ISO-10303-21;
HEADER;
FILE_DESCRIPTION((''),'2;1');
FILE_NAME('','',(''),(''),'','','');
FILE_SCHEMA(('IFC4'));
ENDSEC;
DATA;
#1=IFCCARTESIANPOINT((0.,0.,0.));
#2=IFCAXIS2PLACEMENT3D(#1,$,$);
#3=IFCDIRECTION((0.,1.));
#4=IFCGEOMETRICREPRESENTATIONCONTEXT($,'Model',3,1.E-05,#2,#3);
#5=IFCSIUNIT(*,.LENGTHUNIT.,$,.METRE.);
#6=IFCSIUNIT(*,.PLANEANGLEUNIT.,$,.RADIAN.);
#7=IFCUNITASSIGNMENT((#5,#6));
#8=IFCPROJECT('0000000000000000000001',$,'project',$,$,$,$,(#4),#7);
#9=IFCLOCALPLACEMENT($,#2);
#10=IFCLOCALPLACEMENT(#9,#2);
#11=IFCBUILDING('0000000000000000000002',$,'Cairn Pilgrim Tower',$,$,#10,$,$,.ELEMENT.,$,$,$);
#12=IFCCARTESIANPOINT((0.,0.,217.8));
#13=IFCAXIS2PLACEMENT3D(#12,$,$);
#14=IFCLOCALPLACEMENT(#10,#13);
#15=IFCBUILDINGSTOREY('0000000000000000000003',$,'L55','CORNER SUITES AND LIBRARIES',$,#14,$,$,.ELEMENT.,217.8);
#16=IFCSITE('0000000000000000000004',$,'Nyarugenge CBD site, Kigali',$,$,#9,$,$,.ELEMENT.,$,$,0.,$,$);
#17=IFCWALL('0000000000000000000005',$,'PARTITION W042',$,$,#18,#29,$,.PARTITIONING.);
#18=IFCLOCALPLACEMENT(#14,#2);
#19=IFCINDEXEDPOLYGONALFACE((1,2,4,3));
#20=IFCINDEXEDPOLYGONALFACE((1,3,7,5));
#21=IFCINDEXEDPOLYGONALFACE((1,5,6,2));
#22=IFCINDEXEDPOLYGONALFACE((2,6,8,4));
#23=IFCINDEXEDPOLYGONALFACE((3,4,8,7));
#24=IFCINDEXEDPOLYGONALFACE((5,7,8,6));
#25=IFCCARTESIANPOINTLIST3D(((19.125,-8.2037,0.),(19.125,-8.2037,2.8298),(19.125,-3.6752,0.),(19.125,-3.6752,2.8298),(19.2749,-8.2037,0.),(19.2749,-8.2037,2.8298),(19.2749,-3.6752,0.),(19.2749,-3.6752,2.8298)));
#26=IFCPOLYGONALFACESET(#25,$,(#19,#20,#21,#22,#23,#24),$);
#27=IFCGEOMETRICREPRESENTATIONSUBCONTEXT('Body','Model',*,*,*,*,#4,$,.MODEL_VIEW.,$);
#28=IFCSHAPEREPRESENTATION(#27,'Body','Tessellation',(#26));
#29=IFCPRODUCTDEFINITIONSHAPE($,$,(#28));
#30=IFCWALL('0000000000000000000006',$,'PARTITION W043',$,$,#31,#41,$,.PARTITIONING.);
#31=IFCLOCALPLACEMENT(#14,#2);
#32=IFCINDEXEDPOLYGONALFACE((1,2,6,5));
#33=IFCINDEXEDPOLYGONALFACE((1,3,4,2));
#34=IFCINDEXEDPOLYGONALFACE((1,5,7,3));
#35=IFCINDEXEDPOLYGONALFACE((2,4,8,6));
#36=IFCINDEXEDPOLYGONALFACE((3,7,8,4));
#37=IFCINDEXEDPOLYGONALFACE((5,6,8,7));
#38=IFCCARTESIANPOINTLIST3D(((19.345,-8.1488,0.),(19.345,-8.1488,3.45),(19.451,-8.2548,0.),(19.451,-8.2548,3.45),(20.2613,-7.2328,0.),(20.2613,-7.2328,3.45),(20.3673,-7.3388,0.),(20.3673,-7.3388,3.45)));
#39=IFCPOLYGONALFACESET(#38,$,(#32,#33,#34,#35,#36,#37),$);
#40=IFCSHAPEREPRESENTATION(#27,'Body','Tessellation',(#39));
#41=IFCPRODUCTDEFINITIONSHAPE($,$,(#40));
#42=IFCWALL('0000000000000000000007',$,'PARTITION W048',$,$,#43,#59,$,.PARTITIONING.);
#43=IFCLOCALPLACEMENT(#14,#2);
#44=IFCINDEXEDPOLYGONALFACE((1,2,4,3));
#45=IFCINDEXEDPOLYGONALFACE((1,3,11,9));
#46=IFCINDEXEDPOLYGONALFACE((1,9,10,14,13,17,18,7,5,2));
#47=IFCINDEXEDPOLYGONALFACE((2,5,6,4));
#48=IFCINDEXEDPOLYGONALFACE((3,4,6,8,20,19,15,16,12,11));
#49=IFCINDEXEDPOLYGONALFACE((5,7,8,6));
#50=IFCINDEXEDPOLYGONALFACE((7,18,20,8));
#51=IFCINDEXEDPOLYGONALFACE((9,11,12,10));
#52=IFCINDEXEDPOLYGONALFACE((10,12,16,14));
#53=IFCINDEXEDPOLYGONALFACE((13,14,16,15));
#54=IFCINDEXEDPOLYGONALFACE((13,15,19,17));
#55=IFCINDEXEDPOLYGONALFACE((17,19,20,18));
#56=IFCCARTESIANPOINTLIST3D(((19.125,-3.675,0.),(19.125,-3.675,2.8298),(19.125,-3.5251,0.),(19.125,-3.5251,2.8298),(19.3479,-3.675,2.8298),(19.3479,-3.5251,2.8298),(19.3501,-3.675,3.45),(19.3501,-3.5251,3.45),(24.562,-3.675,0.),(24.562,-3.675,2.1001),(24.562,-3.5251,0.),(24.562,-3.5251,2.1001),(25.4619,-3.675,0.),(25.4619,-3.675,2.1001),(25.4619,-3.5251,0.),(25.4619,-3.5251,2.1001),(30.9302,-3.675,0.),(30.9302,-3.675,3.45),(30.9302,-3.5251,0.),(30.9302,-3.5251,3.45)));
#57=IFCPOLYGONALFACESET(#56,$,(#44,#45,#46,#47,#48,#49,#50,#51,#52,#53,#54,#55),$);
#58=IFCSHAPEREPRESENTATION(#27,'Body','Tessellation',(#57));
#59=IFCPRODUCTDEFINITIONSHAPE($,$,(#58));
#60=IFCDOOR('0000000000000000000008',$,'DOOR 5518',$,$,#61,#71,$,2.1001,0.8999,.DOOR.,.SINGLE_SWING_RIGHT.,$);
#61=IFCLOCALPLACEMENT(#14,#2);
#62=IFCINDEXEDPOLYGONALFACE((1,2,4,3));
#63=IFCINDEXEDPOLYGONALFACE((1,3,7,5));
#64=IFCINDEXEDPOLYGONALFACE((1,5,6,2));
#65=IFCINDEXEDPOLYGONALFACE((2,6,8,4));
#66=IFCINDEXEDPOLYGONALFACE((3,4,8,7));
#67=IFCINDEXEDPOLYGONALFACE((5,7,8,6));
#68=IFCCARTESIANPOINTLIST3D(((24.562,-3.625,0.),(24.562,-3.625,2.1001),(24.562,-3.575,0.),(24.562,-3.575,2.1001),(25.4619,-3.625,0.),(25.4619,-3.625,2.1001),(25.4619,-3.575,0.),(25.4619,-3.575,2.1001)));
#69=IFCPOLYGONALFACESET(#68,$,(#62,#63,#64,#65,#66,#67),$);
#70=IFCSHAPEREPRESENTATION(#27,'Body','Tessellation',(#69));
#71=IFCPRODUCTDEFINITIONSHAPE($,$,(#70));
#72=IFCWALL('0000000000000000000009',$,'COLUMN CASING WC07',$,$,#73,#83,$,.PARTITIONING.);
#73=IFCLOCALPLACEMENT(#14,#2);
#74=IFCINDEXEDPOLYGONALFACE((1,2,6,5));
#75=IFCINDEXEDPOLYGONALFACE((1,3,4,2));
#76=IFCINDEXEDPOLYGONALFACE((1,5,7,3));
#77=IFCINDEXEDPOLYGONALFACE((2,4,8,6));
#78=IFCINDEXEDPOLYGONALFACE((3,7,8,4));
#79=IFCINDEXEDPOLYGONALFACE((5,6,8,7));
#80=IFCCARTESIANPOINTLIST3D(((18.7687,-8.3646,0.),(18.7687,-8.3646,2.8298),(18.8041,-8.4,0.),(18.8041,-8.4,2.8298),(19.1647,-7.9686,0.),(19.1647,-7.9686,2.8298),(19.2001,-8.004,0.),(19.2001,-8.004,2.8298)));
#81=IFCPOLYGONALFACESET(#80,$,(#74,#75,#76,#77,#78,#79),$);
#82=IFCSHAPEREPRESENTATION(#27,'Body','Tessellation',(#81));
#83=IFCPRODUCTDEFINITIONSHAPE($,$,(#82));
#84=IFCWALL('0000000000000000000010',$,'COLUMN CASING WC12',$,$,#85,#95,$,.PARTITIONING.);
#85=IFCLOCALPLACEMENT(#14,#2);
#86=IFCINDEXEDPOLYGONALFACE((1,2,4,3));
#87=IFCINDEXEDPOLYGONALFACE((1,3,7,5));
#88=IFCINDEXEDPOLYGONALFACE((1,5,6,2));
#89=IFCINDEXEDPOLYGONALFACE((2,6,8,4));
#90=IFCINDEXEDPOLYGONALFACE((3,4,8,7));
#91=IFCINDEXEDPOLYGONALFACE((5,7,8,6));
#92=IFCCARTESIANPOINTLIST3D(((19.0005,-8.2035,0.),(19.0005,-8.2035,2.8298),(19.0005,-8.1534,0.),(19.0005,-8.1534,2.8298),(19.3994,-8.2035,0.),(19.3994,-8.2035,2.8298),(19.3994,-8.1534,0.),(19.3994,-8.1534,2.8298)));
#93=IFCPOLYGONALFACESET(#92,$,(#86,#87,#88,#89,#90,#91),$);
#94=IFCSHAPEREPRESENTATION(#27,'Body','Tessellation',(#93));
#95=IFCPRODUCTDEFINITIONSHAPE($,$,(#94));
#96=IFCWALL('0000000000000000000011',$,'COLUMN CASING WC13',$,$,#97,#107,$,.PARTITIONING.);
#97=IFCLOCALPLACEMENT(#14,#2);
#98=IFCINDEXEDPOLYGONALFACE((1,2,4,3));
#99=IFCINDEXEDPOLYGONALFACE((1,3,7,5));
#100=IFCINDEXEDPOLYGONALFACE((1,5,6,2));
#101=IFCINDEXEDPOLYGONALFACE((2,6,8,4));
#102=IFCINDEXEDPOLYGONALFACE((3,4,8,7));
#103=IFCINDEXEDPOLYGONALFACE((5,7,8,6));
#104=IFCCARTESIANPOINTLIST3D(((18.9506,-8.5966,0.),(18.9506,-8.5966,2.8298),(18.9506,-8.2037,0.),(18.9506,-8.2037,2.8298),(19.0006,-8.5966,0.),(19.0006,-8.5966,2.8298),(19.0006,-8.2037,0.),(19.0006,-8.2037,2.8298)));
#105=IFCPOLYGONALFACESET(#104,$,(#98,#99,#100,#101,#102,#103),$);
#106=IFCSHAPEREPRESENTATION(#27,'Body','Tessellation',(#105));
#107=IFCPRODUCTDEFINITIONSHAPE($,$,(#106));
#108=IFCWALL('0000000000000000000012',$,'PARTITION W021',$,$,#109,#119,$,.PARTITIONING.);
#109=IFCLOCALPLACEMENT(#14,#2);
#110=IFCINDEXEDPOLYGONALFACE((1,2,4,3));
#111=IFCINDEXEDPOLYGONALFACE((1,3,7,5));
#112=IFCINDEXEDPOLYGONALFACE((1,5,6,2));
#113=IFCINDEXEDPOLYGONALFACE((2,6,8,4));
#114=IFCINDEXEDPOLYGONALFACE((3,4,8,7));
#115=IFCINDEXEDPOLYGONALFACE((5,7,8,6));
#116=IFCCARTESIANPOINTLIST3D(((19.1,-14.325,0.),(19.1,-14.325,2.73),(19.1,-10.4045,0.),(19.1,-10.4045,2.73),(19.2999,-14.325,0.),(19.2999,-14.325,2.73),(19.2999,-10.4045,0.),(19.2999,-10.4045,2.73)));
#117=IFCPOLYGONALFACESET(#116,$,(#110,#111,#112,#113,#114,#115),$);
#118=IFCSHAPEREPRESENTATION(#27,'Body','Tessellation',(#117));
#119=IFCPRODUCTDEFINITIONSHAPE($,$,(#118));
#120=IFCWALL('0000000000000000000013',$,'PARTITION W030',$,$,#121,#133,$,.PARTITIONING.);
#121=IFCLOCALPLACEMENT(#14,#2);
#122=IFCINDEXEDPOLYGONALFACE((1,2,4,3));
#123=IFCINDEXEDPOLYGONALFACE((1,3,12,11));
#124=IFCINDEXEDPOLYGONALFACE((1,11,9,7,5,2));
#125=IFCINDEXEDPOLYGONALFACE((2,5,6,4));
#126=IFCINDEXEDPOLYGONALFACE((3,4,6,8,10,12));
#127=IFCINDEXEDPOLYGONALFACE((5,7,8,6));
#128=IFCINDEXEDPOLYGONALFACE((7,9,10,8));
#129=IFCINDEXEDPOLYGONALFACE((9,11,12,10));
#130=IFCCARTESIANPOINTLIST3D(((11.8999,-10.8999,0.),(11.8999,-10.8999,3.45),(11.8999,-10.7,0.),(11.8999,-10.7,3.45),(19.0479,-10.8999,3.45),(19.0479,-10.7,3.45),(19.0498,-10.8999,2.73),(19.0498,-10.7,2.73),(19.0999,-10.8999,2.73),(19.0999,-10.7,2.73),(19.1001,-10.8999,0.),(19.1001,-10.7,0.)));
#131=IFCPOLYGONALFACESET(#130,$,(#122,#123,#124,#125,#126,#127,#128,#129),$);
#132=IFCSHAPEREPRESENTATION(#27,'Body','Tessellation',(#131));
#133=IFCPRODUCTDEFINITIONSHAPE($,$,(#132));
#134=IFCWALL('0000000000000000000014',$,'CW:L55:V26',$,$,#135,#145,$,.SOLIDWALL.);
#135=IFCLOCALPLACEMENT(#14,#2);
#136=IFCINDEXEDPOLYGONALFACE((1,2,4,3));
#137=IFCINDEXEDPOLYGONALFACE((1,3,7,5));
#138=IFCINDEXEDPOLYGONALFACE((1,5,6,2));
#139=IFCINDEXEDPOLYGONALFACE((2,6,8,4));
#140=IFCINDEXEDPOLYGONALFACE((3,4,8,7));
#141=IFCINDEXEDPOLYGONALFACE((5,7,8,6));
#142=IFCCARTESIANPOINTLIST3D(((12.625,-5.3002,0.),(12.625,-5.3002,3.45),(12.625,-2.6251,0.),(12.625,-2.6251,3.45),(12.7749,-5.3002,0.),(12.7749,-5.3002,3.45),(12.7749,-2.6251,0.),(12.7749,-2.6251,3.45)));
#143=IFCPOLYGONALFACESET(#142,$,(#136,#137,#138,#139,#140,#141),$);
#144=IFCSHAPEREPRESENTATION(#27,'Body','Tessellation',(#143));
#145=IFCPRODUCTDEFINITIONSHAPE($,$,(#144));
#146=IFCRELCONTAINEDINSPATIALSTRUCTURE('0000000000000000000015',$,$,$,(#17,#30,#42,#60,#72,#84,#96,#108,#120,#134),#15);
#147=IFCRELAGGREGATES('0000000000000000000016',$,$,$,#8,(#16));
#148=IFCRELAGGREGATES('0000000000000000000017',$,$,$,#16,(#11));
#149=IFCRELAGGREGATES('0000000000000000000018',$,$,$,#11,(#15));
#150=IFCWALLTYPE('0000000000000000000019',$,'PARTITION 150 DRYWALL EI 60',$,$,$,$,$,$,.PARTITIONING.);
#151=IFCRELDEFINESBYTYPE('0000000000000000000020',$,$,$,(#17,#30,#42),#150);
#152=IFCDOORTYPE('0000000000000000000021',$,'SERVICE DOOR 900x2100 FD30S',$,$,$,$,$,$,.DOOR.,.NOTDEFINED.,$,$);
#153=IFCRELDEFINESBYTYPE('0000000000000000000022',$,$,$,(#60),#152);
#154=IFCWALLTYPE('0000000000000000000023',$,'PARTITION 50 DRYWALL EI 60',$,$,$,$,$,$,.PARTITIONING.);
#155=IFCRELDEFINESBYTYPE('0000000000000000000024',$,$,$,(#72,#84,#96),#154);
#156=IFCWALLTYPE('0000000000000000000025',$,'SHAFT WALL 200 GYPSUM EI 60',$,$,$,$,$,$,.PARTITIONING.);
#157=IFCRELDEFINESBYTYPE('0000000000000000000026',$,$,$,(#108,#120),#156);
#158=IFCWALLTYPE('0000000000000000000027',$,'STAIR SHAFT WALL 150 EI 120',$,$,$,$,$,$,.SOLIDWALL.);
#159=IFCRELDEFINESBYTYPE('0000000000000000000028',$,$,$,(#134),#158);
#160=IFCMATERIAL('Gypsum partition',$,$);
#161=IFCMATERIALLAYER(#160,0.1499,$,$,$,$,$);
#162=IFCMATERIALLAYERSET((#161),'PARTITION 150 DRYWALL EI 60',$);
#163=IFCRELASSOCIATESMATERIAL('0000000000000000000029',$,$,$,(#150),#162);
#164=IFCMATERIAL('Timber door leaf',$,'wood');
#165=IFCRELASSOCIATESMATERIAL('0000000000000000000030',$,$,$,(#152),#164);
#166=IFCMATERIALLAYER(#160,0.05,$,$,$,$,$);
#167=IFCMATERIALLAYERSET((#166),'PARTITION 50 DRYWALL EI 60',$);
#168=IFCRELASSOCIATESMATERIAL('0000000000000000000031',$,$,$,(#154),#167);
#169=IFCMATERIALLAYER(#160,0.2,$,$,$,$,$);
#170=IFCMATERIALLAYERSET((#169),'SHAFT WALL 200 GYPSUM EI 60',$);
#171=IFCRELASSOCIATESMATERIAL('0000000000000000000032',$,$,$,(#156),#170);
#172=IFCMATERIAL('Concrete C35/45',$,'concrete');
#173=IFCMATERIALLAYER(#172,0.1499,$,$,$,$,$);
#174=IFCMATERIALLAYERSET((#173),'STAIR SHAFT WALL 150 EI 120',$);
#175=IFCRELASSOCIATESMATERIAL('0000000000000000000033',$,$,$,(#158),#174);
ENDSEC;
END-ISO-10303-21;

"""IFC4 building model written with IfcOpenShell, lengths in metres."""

from ifc_helpers import new_model, si_unit, direction, frame, frame_2d, origin, place, context, subcontext, project, spatial, polyline, rectangle, outline, extrude, material, layer, layer_set, type_object, element, fill, save


model = new_model("IFC4")

# Units and contexts
model_context = context("Model", 3, precision=1e-05, world=origin(), true_north=direction((0.0, 1.0)))
body_context = subcontext(model_context, "Body", "Model", "MODEL_VIEW")
ifc_project = project(units=[si_unit("LENGTHUNIT", "METRE"), si_unit("PLANEANGLEUNIT", "RADIAN")], contexts=[model_context])

# Site, building, storey
site_placement = place(None, origin())
site = spatial("IfcSite", under=ifc_project, at=site_placement, Name="Nyarugenge CBD site, Kigali", CompositionType="ELEMENT", RefElevation=0.0)
building_placement = place(site_placement, origin())
building = spatial("IfcBuilding", under=site, at=building_placement, Name="Cairn Pilgrim Tower", CompositionType="ELEMENT")
storey_placement = place(building_placement, frame((0.0, 0.0, 217.8)))
storey = spatial("IfcBuildingStorey", under=building, at=storey_placement, Name="L55", Description="CORNER SUITES AND LIBRARIES", CompositionType="ELEMENT", Elevation=217.8)

# Shared definitions
ifc_material_1 = material(Name="Gypsum partition")
ifc_layer_1 = layer(ifc_material_1, 0.1499)
ifc_layer_set_1 = layer_set([ifc_layer_1], Name="PARTITION 150 DRYWALL EI 60")
wall_type_1 = type_object("IfcWallType", Name="PARTITION 150 DRYWALL EI 60", PredefinedType="PARTITIONING", material=ifc_layer_set_1)

# Shared definitions
ifc_material_2 = material(Name="Timber door leaf", Category="wood")
door_type_1 = type_object("IfcDoorType", Name="SERVICE DOOR 900x2100 FD30S", OperationType="NOTDEFINED", PredefinedType="DOOR", material=ifc_material_2)

# Walls
wall_1_placement = place(storey_placement, frame((19.2, -8.2036, 0.0), z_axis=(0.0, 0.0, 1.0), x_axis=(0.0, 1.0, 0.0)))
element("IfcWall", 1, at=wall_1_placement, inside=storey, type_object=wall_type_1, Name="PARTITION W042", PredefinedType="PARTITIONING", context=body_context, shape_type="SweptSolid", body=[
    extrude(rectangle(XDim=4.5286, YDim=0.1499, at=frame_2d((2.2642, 0.0))), origin(), (0.0, 0.0, 1.0), 2.8298),
])
wall_2_placement = place(storey_placement, frame((19.3979, -8.2019, 0.0), z_axis=(0.0, 0.0, 1.0), x_axis=(0.707201, 0.707013, 0.0)))
element("IfcWall", 2, at=wall_2_placement, inside=storey, type_object=wall_type_1, Name="PARTITION W043", PredefinedType="PARTITIONING", context=body_context, shape_type="SweptSolid", body=[
    extrude(rectangle(XDim=1.2957, YDim=0.1499, at=frame_2d((0.6479, 0.0))), origin(), (0.0, 0.0, 1.0), 3.45),
])

# Wall, opening, door
wall_3_placement = place(storey_placement, frame((19.125, -3.6001, 0.0), z_axis=(0.0, 0.0, 1.0), x_axis=(1.0, 0.0, 0.0)))
wall_3 = element("IfcWall", 3, at=wall_3_placement, inside=storey, type_object=wall_type_1, Name="PARTITION W048", PredefinedType="PARTITIONING", context=body_context, shape_type="SweptSolid", body=[
    extrude(outline(polyline([(0.0, 0.0), (11.8052, 0.0), (11.8052, 3.45), (0.2251, 3.45), (0.2229, 2.8298), (0.0, 2.8298), (0.0, 0.0)])), frame((0.0, 0.075, 0.0), z_axis=(0.0, -1.0, 0.0), x_axis=(1.0, 0.0, 0.0)), (0.0, 0.0, 1.0), 0.1499),
])
opening_1_placement = place(wall_3_placement, frame((5.437, 0.0, 0.0)))
opening_1 = element("IfcOpeningElement", 4, at=opening_1_placement, cuts=wall_3, PredefinedType="OPENING", context=body_context, shape_type="SweptSolid", body=[
    extrude(rectangle(XDim=0.8999, YDim=2.1001, at=frame_2d((0.45, 1.05))), frame((0.0, 0.085, 0.0), z_axis=(0.0, -1.0, 0.0), x_axis=(1.0, 0.0, 0.0)), (0.0, 0.0, 1.0), 0.1699),
])
door_1_placement = place(opening_1_placement, frame((0.8999, 0.0, 0.0), z_axis=(0.0, 0.0, 1.0), x_axis=(-1.0, 0.0, 0.0)))
door_1 = element("IfcDoor", 5, at=door_1_placement, inside=storey, type_object=door_type_1, Name="DOOR 5518", OperationType="SINGLE_SWING_RIGHT", OverallHeight=2.1001, OverallWidth=0.8999, PredefinedType="DOOR", context=body_context, shape_type="SweptSolid", body=[
    extrude(rectangle(XDim=0.8999, YDim=2.1001, at=frame_2d((0.45, 1.05))), frame((0.0, 0.0249, 0.0), z_axis=(0.0, -1.0, 0.0), x_axis=(1.0, 0.0, 0.0)), (0.0, 0.0, 1.0), 0.05),
])
fill(opening_1, door_1)

# Walls
ifc_layer_2 = layer(ifc_material_1, 0.05)
ifc_layer_set_2 = layer_set([ifc_layer_2], Name="PARTITION 50 DRYWALL EI 60")
wall_type_2 = type_object("IfcWallType", Name="PARTITION 50 DRYWALL EI 60", PredefinedType="PARTITIONING", material=ifc_layer_set_2)
wall_4_placement = place(storey_placement, frame((18.7864, -8.3823, 0.0), z_axis=(0.0, 0.0, 1.0), x_axis=(0.707107, 0.707107, 0.0)))
element("IfcWall", 6, at=wall_4_placement, inside=storey, type_object=wall_type_2, Name="COLUMN CASING WC07", PredefinedType="PARTITIONING", context=body_context, shape_type="SweptSolid", body=[
    extrude(rectangle(XDim=0.5601, YDim=0.05, at=frame_2d((0.28, 0.0))), origin(), (0.0, 0.0, 1.0), 2.8298),
])
wall_5_placement = place(storey_placement, frame((19.0005, -8.1785, 0.0), z_axis=(0.0, 0.0, 1.0), x_axis=(1.0, 0.0, 0.0)))
element("IfcWall", 7, at=wall_5_placement, inside=storey, type_object=wall_type_2, Name="COLUMN CASING WC12", PredefinedType="PARTITIONING", context=body_context, shape_type="SweptSolid", body=[
    extrude(rectangle(XDim=0.3989, YDim=0.05, at=frame_2d((0.1995, 0.0))), origin(), (0.0, 0.0, 1.0), 2.8298),
])
wall_6_placement = place(storey_placement, frame((18.9756, -8.5964, 0.0), z_axis=(0.0, 0.0, 1.0), x_axis=(0.0, 1.0, 0.0)))
element("IfcWall", 8, at=wall_6_placement, inside=storey, type_object=wall_type_2, Name="COLUMN CASING WC13", PredefinedType="PARTITIONING", context=body_context, shape_type="SweptSolid", body=[
    extrude(rectangle(XDim=0.3928, YDim=0.05, at=frame_2d((0.1963, 0.0))), origin(), (0.0, 0.0, 1.0), 2.8298),
])
ifc_layer_3 = layer(ifc_material_1, 0.2)
ifc_layer_set_3 = layer_set([ifc_layer_3], Name="SHAFT WALL 200 GYPSUM EI 60")
wall_type_3 = type_object("IfcWallType", Name="SHAFT WALL 200 GYPSUM EI 60", PredefinedType="PARTITIONING", material=ifc_layer_set_3)
wall_7_placement = place(storey_placement, frame((19.2, -14.325, 0.0), z_axis=(0.0, 0.0, 1.0), x_axis=(0.0, 1.0, 0.0)))
element("IfcWall", 9, at=wall_7_placement, inside=storey, type_object=wall_type_3, Name="PARTITION W021", PredefinedType="PARTITIONING", context=body_context, shape_type="SweptSolid", body=[
    extrude(rectangle(XDim=3.9204, YDim=0.2, at=frame_2d((1.9602, 0.0))), origin(), (0.0, 0.0, 1.0), 2.73),
])
wall_8_placement = place(storey_placement, frame((11.8999, -10.8, 0.0), z_axis=(0.0, 0.0, 1.0), x_axis=(1.0, 0.0, 0.0)))
element("IfcWall", 10, at=wall_8_placement, inside=storey, type_object=wall_type_3, Name="PARTITION W030", PredefinedType="PARTITIONING", context=body_context, shape_type="SweptSolid", body=[
    extrude(outline(polyline([(0.0, 0.0), (7.2002, 0.0), (7.2, 2.73), (7.1499, 2.73), (7.1479, 3.45), (0.0, 3.45), (0.0, 0.0)])), frame((0.0, 0.1001, 0.0), z_axis=(0.0, -1.0, 0.0), x_axis=(1.0, 0.0, 0.0)), (0.0, 0.0, 1.0), 0.2),
])
ifc_material_3 = material(Name="Concrete C35/45", Category="concrete")
ifc_layer_4 = layer(ifc_material_3, 0.1499)
ifc_layer_set_4 = layer_set([ifc_layer_4], Name="STAIR SHAFT WALL 150 EI 120")
wall_type_4 = type_object("IfcWallType", Name="STAIR SHAFT WALL 150 EI 120", PredefinedType="SOLIDWALL", material=ifc_layer_set_4)
wall_9_placement = place(storey_placement, frame((12.7, -5.3, 0.0), z_axis=(0.0, 0.0, 1.0), x_axis=(0.0, 1.0, 0.0)))
element("IfcWall", 11, at=wall_9_placement, inside=storey, type_object=wall_type_4, Name="CW:L55:V26", PredefinedType="SOLIDWALL", context=body_context, shape_type="SweptSolid", body=[
    extrude(rectangle(XDim=2.675, YDim=0.1499, at=frame_2d((1.3374, 0.0))), origin(), (0.0, 0.0, 1.0), 3.45),
])

save(model, "model.ifc")
